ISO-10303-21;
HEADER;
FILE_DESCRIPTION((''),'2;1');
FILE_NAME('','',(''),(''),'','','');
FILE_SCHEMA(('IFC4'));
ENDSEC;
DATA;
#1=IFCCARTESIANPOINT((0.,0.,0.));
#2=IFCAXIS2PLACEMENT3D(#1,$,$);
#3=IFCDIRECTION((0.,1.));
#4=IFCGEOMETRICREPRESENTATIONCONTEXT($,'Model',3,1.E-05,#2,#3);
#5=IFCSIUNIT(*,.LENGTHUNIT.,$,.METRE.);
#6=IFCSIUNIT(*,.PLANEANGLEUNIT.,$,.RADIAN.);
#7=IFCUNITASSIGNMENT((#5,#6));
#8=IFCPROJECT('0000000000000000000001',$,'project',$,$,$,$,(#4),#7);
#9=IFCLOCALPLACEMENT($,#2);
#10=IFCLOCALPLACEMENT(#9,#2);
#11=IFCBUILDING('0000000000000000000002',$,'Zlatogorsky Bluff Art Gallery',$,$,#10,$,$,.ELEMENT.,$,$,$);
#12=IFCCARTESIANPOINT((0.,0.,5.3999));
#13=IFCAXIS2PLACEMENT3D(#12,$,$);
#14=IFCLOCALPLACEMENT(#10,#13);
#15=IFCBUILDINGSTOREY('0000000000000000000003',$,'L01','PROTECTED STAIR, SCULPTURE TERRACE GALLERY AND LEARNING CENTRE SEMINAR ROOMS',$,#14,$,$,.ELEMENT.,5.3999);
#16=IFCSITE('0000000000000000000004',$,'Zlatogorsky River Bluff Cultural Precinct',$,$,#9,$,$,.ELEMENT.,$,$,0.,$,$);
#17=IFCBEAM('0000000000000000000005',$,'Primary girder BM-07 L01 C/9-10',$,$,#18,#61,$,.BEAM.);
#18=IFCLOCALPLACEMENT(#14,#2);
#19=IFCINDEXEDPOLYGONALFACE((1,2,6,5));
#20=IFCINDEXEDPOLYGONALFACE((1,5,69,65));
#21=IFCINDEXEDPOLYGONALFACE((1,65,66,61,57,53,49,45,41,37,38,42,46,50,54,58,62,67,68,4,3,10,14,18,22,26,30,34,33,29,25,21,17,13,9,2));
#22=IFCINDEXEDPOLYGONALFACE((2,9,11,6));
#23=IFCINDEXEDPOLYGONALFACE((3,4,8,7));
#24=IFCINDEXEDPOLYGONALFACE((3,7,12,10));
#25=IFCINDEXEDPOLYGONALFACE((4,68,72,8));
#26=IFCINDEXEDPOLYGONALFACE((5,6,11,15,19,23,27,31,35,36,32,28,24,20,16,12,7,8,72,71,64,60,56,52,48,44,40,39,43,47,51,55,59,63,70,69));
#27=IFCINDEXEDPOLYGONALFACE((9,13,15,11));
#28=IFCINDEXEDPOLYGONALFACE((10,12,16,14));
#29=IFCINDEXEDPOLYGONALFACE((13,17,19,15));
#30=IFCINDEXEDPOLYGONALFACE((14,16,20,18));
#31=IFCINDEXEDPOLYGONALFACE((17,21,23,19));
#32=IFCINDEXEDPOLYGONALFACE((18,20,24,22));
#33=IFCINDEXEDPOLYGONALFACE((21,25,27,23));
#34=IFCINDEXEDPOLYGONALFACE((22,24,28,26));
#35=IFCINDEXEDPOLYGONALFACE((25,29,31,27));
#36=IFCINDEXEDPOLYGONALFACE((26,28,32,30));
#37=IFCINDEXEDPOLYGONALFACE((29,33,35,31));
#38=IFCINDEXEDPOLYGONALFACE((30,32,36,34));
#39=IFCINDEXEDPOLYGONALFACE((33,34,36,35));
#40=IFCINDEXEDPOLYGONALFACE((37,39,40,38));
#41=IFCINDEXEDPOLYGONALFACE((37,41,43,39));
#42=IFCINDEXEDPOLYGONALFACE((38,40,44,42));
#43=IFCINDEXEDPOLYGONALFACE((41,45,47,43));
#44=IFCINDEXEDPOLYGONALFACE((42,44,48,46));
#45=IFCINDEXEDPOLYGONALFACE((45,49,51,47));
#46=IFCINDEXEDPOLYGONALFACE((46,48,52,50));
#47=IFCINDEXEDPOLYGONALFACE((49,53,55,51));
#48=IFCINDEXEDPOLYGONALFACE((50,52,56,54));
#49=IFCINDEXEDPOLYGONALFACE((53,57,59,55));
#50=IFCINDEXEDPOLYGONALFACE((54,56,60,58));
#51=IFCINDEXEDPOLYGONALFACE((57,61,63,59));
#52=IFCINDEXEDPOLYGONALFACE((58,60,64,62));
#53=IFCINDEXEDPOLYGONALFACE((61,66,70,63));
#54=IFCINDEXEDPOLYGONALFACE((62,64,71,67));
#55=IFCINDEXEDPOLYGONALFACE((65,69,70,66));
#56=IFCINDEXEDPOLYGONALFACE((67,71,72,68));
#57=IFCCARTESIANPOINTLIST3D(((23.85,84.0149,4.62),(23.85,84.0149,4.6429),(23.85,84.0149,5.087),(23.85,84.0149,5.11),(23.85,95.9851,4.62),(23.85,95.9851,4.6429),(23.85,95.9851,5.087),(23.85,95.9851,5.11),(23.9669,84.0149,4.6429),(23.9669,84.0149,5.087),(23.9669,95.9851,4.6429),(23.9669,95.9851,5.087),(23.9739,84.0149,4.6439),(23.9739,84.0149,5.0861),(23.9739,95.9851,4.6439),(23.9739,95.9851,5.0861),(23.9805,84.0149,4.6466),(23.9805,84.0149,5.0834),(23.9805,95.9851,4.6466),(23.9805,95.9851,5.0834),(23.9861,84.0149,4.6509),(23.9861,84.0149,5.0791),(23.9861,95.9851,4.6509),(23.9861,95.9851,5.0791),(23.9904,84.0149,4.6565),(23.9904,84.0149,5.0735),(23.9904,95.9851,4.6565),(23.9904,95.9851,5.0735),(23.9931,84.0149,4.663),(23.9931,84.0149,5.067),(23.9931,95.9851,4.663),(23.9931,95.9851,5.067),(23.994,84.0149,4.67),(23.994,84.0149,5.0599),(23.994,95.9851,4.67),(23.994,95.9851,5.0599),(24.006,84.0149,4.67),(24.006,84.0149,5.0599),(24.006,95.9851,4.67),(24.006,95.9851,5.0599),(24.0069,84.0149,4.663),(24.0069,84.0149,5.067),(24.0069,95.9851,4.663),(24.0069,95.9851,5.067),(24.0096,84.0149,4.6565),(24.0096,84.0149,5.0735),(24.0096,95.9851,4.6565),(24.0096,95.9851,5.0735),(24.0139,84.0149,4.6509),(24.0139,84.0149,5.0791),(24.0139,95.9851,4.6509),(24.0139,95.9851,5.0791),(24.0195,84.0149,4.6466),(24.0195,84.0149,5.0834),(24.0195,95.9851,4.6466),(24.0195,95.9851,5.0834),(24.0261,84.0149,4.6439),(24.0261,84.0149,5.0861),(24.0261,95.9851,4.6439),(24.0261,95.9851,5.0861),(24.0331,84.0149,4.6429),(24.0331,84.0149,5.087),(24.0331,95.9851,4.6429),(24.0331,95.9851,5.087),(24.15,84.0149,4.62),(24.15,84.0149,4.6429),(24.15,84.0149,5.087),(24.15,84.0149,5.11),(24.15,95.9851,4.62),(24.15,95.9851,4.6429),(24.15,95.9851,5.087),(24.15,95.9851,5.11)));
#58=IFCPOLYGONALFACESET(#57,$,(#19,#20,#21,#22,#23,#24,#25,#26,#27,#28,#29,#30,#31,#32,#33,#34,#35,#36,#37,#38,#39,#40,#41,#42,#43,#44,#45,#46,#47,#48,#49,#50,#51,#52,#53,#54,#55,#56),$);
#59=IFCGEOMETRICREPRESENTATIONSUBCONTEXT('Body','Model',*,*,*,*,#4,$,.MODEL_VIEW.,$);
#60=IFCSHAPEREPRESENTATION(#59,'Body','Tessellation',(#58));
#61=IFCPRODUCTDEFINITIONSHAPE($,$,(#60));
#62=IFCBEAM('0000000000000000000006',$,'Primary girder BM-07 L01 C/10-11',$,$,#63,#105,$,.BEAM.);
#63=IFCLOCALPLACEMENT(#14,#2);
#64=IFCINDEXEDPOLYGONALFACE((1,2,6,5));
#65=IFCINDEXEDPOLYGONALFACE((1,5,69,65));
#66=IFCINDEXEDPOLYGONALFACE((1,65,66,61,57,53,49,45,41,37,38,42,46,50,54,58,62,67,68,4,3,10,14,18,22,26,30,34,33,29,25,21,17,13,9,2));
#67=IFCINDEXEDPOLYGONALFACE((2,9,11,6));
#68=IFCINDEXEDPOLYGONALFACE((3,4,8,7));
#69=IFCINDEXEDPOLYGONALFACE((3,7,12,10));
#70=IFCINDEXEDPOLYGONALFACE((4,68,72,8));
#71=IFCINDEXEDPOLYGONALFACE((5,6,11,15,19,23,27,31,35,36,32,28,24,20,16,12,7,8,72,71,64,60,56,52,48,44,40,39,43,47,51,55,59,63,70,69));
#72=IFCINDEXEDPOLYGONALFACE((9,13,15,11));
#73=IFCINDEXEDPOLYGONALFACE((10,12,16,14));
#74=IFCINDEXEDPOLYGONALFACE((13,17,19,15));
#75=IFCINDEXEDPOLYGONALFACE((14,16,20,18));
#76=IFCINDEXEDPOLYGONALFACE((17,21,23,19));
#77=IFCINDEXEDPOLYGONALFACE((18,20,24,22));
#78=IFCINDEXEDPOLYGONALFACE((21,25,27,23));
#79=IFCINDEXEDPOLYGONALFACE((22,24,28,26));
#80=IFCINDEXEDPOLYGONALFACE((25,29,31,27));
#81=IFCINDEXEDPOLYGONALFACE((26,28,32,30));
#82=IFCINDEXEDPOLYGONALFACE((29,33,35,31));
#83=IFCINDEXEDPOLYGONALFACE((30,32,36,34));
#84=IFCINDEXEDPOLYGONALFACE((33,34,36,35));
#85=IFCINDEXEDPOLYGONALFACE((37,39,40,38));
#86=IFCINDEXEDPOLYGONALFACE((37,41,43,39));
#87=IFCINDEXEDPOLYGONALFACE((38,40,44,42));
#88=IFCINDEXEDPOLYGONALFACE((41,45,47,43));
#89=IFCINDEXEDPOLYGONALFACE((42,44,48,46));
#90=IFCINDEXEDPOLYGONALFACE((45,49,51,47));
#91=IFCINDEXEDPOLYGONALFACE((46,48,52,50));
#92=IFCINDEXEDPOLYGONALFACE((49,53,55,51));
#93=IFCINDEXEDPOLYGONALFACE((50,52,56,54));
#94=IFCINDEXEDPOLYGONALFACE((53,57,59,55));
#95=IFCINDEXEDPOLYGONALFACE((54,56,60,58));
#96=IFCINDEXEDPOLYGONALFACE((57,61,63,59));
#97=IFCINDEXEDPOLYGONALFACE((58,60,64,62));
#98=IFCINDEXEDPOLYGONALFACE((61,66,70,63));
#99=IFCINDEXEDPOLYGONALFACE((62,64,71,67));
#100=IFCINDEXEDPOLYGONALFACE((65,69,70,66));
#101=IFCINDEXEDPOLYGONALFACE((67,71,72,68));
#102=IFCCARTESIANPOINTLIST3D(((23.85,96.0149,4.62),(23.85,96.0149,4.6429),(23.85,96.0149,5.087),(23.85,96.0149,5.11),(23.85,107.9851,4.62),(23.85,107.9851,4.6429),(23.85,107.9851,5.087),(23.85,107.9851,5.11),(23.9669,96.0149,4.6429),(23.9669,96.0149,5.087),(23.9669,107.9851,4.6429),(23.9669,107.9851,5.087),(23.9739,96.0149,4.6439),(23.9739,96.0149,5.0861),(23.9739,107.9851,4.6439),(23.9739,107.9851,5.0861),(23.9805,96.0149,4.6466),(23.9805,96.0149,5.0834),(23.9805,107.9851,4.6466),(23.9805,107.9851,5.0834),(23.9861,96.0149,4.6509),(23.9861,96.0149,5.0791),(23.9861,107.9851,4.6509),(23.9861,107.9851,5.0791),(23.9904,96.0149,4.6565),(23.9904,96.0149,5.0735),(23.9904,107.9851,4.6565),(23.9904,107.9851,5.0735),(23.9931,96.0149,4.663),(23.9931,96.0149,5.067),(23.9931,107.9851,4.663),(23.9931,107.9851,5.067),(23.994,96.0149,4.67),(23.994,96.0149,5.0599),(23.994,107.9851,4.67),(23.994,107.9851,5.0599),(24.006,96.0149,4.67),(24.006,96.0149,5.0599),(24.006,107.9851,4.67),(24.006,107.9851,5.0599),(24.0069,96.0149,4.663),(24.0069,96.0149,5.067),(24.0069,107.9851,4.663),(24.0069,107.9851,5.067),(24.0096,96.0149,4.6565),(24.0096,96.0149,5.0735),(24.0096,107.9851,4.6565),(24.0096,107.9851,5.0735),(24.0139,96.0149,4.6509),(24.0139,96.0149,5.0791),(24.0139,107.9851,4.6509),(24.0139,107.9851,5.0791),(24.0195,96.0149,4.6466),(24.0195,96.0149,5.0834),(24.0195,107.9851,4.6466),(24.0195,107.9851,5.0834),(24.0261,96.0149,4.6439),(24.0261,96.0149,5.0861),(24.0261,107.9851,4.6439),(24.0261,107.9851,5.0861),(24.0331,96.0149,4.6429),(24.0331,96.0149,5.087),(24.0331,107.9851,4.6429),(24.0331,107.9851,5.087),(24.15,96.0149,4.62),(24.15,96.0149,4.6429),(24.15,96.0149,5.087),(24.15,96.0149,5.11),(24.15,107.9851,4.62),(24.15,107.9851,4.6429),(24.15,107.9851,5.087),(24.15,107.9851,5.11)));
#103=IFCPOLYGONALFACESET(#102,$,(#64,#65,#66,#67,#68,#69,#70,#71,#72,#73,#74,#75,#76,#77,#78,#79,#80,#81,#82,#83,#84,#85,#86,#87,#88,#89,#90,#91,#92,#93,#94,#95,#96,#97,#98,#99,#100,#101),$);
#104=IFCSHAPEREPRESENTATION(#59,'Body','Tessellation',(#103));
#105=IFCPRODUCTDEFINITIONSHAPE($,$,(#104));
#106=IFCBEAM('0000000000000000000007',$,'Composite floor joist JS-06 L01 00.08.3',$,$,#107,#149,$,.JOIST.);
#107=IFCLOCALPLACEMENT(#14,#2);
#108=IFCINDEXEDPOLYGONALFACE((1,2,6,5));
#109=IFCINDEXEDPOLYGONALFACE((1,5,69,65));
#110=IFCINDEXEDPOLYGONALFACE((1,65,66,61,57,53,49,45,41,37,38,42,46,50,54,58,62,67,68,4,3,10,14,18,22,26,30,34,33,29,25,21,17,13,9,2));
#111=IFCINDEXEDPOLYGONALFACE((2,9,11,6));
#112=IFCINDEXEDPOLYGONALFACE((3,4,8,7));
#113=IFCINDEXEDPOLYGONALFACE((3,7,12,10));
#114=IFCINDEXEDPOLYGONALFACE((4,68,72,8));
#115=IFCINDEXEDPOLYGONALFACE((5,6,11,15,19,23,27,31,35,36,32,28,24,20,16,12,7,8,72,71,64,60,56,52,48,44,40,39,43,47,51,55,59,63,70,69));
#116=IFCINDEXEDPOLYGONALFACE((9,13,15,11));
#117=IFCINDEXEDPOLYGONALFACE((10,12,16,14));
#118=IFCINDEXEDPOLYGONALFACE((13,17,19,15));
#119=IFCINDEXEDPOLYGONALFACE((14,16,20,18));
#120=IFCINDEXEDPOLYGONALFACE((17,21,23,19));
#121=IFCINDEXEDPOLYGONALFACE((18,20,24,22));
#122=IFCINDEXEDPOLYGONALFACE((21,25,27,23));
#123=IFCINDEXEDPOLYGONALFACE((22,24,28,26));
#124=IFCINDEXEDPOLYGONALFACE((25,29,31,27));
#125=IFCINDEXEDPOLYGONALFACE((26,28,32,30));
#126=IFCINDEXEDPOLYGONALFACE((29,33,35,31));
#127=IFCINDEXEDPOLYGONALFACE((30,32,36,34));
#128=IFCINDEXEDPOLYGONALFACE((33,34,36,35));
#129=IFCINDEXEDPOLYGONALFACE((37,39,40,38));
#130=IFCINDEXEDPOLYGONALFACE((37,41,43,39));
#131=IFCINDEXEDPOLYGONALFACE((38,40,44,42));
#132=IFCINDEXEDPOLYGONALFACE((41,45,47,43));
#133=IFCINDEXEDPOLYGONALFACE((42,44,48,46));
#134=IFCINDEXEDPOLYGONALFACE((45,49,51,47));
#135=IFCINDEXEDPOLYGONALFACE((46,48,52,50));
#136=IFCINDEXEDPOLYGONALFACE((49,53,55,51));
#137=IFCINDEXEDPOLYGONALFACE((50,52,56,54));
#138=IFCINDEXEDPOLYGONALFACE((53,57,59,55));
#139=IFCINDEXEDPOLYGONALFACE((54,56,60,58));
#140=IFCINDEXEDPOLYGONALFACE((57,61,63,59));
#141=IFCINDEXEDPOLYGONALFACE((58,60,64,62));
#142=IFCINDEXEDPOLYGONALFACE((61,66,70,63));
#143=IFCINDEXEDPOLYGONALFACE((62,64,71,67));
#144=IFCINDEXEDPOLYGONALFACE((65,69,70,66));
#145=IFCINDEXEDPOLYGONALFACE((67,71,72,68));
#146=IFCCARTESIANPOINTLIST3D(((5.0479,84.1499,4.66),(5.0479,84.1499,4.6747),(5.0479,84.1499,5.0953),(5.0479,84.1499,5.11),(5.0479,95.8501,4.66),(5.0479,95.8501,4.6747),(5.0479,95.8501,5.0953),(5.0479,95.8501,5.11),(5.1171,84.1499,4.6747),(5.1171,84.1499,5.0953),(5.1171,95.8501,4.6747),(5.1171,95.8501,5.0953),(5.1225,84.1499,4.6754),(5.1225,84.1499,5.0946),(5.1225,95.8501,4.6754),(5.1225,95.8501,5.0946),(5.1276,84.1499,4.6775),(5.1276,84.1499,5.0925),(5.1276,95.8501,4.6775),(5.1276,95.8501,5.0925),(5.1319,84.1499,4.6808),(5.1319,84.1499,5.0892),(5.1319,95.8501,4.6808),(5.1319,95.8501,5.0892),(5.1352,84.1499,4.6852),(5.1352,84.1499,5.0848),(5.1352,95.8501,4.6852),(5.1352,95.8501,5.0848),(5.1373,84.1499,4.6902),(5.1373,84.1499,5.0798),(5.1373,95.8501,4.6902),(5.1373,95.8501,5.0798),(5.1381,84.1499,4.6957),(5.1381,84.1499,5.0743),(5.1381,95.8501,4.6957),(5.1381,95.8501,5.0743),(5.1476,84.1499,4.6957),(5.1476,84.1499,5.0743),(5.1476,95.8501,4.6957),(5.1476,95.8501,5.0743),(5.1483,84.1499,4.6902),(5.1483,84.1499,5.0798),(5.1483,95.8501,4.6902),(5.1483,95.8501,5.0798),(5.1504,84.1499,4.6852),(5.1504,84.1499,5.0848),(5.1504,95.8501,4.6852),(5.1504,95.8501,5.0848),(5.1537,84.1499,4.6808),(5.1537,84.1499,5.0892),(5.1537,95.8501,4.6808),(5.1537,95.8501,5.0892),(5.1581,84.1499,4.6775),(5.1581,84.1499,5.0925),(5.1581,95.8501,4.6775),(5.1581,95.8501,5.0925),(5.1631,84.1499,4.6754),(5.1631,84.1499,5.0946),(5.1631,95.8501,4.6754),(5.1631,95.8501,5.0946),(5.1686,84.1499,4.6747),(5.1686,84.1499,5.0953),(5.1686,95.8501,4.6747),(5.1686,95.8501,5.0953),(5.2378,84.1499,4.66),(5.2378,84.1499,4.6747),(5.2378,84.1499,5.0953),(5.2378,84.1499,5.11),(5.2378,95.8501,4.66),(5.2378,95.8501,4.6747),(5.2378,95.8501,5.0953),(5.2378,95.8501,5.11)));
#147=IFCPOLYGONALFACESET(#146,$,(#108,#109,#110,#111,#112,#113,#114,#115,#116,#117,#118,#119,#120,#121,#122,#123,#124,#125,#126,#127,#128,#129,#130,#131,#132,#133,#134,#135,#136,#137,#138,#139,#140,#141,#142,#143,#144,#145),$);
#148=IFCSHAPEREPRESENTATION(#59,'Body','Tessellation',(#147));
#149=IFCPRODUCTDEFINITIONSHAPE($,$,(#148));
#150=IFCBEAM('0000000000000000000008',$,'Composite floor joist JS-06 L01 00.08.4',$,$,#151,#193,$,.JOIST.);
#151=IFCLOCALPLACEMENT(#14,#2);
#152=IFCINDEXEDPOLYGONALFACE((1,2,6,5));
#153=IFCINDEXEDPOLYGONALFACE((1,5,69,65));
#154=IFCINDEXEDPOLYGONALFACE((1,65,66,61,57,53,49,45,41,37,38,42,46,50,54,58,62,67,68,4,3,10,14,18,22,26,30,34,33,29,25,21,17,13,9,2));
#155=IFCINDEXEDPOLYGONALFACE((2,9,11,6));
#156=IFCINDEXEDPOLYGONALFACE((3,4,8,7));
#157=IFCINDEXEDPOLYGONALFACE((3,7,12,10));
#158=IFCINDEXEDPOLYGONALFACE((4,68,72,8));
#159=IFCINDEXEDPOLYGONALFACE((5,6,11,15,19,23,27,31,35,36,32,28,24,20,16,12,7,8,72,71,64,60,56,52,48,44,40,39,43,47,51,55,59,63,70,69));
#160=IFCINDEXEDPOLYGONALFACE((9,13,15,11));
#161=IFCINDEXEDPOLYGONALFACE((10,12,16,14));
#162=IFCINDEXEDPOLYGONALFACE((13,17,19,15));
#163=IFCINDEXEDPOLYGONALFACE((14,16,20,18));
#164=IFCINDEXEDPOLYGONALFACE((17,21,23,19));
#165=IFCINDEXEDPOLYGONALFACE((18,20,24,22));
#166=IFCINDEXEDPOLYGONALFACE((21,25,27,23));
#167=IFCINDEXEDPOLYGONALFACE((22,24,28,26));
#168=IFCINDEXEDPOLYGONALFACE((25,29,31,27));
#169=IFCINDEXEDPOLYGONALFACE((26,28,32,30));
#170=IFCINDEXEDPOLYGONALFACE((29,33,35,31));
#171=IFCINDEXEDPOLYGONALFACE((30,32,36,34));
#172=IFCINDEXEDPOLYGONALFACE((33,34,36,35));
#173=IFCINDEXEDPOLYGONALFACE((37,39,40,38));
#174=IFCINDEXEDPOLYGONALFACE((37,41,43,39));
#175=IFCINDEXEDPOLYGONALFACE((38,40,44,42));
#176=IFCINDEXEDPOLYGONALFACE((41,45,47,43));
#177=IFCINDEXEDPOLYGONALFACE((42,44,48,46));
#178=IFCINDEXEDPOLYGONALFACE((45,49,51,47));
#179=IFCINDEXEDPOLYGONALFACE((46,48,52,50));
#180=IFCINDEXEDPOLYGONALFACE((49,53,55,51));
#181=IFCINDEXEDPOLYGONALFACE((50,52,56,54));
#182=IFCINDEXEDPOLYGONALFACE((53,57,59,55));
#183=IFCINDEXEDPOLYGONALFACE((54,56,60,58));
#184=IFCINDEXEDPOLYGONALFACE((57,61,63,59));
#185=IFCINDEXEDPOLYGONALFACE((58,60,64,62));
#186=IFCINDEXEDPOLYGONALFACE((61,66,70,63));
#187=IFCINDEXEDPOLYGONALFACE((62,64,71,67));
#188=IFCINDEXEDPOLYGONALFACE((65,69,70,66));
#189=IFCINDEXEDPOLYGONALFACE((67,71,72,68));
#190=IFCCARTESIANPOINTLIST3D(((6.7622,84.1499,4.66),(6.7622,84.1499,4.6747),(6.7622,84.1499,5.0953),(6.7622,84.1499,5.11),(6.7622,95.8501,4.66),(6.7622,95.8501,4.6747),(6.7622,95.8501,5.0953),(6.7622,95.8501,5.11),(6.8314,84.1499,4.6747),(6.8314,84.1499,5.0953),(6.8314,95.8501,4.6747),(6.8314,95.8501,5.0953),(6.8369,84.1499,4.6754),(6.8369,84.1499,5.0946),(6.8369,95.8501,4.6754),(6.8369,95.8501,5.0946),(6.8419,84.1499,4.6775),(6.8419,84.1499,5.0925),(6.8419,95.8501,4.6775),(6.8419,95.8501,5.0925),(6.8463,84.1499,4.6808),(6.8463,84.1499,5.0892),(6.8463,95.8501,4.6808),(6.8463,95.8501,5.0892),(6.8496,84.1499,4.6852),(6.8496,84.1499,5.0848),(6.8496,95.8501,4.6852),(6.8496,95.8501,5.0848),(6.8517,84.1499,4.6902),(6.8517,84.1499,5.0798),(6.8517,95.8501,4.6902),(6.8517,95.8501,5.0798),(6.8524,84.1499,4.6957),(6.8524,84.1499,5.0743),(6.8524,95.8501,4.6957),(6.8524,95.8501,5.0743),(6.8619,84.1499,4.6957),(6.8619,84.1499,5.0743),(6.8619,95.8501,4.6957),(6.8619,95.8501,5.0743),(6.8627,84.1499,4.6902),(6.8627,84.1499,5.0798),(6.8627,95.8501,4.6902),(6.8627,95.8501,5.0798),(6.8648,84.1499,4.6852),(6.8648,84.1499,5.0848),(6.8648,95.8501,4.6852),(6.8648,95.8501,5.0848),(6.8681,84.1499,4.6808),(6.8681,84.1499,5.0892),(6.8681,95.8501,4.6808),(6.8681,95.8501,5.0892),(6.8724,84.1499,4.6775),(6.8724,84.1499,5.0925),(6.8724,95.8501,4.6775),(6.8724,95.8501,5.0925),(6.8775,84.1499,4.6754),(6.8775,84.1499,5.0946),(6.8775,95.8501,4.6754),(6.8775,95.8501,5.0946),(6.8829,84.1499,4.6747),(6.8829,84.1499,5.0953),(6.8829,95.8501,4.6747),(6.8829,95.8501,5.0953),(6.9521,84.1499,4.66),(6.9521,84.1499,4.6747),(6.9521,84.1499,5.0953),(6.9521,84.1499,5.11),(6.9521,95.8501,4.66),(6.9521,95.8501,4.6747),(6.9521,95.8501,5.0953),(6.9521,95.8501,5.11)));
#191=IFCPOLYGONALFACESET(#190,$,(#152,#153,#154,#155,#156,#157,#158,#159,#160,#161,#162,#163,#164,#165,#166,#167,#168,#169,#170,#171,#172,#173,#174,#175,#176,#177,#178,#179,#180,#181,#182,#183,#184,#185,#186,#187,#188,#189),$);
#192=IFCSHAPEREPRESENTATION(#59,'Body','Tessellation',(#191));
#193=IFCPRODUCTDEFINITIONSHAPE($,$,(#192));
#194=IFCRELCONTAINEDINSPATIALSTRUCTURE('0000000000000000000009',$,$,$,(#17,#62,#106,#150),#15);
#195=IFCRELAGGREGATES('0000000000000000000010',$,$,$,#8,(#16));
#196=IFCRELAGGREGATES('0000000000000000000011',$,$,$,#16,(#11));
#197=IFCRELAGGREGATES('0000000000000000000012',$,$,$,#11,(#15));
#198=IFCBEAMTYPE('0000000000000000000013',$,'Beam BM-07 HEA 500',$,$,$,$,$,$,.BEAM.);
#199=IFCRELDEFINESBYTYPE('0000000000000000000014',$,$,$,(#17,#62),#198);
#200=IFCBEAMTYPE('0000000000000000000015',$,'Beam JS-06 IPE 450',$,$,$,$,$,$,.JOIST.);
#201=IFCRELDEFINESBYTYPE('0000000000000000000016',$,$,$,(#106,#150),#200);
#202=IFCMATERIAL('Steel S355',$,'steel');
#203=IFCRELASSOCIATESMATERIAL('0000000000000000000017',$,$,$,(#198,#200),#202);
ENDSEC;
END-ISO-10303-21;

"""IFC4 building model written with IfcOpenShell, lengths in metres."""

from ifc_helpers import new_model, si_unit, direction, frame, origin, origin_2d, place, context, subcontext, project, spatial, i_section, extrude, material, material_profile, profile_set, type_object, element, save


model = new_model("IFC4")

# Units and contexts
model_context = context("Model", 3, precision=1e-05, world=origin(), true_north=direction((0.0, 1.0)))
body_context = subcontext(model_context, "Body", "Model", "MODEL_VIEW")
ifc_project = project(units=[si_unit("LENGTHUNIT", "METRE"), si_unit("PLANEANGLEUNIT", "RADIAN")], contexts=[model_context])

# Site, building, storey
site_placement = place(None, origin())
site = spatial("IfcSite", under=ifc_project, at=site_placement, Name="Zlatogorsky River Bluff Cultural Precinct", CompositionType="ELEMENT", RefElevation=0.0)
building_placement = place(site_placement, origin())
building = spatial("IfcBuilding", under=site, at=building_placement, Name="Zlatogorsky Bluff Art Gallery", CompositionType="ELEMENT")
storey_placement = place(building_placement, frame((0.0, 0.0, 5.3999)))
storey = spatial("IfcBuildingStorey", under=building, at=storey_placement, Name="L01", Description="PROTECTED STAIR, SCULPTURE TERRACE GALLERY AND LEARNING CENTRE SEMINAR ROOMS", CompositionType="ELEMENT", Elevation=5.3999)

# Shared definitions
ifc_material_1 = material(Name="Steel S355", Category="steel")

# Beams
ifc_material_profile_1 = material_profile(ifc_material_1, i_section(OverallWidth=0.3, OverallDepth=0.49, WebThickness=0.012, FlangeThickness=0.0229, FilletRadius=0.0271, at=origin_2d()), Name="HEA 500")
ifc_profile_set_1 = profile_set([ifc_material_profile_1], Name="Steel S355")
beam_type_1 = type_object("IfcBeamType", Name="Beam BM-07 HEA 500", PredefinedType="BEAM", material=ifc_profile_set_1)
for number, where, z_axis, x_axis, name in (
    (1, (24.0, 84.0149, 4.865), (0.0, 1.0, 0.0), (-1.0, 0.0, 0.0), "Primary girder BM-07 L01 C/9-10"),
    (2, (24.0, 96.0149, 4.865), (0.0, 1.0, 0.0), (-1.0, 0.0, 0.0), "Primary girder BM-07 L01 C/10-11"),
):
    element("IfcBeam", number, at=place(storey_placement, frame(where, z_axis=z_axis, x_axis=x_axis)), inside=storey, type_object=beam_type_1, Name=name, PredefinedType="BEAM", context=body_context, shape_type="SweptSolid", body=[
        extrude(i_section(OverallWidth=0.3, OverallDepth=0.49, WebThickness=0.012, FlangeThickness=0.0229, FilletRadius=0.0271, at=origin_2d()), origin(), (0.0, 0.0, 1.0), 11.9702),
    ])
ifc_material_profile_2 = material_profile(ifc_material_1, i_section(OverallWidth=0.1899, OverallDepth=0.45, WebThickness=0.0095, FlangeThickness=0.0146, FilletRadius=0.021, at=origin_2d()), Name="IPE 450")
ifc_profile_set_2 = profile_set([ifc_material_profile_2], Name="Steel S355")
beam_type_2 = type_object("IfcBeamType", Name="Beam JS-06 IPE 450", PredefinedType="JOIST", material=ifc_profile_set_2)
for number, where, z_axis, x_axis, name in (
    (3, (5.1428, 84.1499, 4.885), (0.0, 1.0, 0.0), (-1.0, 0.0, 0.0), "Composite floor joist JS-06 L01 00.08.3"),
    (4, (6.8572, 84.1499, 4.885), (0.0, 1.0, 0.0), (-1.0, 0.0, 0.0), "Composite floor joist JS-06 L01 00.08.4"),
):
    element("IfcBeam", number, at=place(storey_placement, frame(where, z_axis=z_axis, x_axis=x_axis)), inside=storey, type_object=beam_type_2, Name=name, PredefinedType="JOIST", context=body_context, shape_type="SweptSolid", body=[
        extrude(i_section(OverallWidth=0.1899, OverallDepth=0.45, WebThickness=0.0095, FlangeThickness=0.0146, FilletRadius=0.021, at=origin_2d()), origin(), (0.0, 0.0, 1.0), 11.7002),
    ])

save(model, "model.ifc")
